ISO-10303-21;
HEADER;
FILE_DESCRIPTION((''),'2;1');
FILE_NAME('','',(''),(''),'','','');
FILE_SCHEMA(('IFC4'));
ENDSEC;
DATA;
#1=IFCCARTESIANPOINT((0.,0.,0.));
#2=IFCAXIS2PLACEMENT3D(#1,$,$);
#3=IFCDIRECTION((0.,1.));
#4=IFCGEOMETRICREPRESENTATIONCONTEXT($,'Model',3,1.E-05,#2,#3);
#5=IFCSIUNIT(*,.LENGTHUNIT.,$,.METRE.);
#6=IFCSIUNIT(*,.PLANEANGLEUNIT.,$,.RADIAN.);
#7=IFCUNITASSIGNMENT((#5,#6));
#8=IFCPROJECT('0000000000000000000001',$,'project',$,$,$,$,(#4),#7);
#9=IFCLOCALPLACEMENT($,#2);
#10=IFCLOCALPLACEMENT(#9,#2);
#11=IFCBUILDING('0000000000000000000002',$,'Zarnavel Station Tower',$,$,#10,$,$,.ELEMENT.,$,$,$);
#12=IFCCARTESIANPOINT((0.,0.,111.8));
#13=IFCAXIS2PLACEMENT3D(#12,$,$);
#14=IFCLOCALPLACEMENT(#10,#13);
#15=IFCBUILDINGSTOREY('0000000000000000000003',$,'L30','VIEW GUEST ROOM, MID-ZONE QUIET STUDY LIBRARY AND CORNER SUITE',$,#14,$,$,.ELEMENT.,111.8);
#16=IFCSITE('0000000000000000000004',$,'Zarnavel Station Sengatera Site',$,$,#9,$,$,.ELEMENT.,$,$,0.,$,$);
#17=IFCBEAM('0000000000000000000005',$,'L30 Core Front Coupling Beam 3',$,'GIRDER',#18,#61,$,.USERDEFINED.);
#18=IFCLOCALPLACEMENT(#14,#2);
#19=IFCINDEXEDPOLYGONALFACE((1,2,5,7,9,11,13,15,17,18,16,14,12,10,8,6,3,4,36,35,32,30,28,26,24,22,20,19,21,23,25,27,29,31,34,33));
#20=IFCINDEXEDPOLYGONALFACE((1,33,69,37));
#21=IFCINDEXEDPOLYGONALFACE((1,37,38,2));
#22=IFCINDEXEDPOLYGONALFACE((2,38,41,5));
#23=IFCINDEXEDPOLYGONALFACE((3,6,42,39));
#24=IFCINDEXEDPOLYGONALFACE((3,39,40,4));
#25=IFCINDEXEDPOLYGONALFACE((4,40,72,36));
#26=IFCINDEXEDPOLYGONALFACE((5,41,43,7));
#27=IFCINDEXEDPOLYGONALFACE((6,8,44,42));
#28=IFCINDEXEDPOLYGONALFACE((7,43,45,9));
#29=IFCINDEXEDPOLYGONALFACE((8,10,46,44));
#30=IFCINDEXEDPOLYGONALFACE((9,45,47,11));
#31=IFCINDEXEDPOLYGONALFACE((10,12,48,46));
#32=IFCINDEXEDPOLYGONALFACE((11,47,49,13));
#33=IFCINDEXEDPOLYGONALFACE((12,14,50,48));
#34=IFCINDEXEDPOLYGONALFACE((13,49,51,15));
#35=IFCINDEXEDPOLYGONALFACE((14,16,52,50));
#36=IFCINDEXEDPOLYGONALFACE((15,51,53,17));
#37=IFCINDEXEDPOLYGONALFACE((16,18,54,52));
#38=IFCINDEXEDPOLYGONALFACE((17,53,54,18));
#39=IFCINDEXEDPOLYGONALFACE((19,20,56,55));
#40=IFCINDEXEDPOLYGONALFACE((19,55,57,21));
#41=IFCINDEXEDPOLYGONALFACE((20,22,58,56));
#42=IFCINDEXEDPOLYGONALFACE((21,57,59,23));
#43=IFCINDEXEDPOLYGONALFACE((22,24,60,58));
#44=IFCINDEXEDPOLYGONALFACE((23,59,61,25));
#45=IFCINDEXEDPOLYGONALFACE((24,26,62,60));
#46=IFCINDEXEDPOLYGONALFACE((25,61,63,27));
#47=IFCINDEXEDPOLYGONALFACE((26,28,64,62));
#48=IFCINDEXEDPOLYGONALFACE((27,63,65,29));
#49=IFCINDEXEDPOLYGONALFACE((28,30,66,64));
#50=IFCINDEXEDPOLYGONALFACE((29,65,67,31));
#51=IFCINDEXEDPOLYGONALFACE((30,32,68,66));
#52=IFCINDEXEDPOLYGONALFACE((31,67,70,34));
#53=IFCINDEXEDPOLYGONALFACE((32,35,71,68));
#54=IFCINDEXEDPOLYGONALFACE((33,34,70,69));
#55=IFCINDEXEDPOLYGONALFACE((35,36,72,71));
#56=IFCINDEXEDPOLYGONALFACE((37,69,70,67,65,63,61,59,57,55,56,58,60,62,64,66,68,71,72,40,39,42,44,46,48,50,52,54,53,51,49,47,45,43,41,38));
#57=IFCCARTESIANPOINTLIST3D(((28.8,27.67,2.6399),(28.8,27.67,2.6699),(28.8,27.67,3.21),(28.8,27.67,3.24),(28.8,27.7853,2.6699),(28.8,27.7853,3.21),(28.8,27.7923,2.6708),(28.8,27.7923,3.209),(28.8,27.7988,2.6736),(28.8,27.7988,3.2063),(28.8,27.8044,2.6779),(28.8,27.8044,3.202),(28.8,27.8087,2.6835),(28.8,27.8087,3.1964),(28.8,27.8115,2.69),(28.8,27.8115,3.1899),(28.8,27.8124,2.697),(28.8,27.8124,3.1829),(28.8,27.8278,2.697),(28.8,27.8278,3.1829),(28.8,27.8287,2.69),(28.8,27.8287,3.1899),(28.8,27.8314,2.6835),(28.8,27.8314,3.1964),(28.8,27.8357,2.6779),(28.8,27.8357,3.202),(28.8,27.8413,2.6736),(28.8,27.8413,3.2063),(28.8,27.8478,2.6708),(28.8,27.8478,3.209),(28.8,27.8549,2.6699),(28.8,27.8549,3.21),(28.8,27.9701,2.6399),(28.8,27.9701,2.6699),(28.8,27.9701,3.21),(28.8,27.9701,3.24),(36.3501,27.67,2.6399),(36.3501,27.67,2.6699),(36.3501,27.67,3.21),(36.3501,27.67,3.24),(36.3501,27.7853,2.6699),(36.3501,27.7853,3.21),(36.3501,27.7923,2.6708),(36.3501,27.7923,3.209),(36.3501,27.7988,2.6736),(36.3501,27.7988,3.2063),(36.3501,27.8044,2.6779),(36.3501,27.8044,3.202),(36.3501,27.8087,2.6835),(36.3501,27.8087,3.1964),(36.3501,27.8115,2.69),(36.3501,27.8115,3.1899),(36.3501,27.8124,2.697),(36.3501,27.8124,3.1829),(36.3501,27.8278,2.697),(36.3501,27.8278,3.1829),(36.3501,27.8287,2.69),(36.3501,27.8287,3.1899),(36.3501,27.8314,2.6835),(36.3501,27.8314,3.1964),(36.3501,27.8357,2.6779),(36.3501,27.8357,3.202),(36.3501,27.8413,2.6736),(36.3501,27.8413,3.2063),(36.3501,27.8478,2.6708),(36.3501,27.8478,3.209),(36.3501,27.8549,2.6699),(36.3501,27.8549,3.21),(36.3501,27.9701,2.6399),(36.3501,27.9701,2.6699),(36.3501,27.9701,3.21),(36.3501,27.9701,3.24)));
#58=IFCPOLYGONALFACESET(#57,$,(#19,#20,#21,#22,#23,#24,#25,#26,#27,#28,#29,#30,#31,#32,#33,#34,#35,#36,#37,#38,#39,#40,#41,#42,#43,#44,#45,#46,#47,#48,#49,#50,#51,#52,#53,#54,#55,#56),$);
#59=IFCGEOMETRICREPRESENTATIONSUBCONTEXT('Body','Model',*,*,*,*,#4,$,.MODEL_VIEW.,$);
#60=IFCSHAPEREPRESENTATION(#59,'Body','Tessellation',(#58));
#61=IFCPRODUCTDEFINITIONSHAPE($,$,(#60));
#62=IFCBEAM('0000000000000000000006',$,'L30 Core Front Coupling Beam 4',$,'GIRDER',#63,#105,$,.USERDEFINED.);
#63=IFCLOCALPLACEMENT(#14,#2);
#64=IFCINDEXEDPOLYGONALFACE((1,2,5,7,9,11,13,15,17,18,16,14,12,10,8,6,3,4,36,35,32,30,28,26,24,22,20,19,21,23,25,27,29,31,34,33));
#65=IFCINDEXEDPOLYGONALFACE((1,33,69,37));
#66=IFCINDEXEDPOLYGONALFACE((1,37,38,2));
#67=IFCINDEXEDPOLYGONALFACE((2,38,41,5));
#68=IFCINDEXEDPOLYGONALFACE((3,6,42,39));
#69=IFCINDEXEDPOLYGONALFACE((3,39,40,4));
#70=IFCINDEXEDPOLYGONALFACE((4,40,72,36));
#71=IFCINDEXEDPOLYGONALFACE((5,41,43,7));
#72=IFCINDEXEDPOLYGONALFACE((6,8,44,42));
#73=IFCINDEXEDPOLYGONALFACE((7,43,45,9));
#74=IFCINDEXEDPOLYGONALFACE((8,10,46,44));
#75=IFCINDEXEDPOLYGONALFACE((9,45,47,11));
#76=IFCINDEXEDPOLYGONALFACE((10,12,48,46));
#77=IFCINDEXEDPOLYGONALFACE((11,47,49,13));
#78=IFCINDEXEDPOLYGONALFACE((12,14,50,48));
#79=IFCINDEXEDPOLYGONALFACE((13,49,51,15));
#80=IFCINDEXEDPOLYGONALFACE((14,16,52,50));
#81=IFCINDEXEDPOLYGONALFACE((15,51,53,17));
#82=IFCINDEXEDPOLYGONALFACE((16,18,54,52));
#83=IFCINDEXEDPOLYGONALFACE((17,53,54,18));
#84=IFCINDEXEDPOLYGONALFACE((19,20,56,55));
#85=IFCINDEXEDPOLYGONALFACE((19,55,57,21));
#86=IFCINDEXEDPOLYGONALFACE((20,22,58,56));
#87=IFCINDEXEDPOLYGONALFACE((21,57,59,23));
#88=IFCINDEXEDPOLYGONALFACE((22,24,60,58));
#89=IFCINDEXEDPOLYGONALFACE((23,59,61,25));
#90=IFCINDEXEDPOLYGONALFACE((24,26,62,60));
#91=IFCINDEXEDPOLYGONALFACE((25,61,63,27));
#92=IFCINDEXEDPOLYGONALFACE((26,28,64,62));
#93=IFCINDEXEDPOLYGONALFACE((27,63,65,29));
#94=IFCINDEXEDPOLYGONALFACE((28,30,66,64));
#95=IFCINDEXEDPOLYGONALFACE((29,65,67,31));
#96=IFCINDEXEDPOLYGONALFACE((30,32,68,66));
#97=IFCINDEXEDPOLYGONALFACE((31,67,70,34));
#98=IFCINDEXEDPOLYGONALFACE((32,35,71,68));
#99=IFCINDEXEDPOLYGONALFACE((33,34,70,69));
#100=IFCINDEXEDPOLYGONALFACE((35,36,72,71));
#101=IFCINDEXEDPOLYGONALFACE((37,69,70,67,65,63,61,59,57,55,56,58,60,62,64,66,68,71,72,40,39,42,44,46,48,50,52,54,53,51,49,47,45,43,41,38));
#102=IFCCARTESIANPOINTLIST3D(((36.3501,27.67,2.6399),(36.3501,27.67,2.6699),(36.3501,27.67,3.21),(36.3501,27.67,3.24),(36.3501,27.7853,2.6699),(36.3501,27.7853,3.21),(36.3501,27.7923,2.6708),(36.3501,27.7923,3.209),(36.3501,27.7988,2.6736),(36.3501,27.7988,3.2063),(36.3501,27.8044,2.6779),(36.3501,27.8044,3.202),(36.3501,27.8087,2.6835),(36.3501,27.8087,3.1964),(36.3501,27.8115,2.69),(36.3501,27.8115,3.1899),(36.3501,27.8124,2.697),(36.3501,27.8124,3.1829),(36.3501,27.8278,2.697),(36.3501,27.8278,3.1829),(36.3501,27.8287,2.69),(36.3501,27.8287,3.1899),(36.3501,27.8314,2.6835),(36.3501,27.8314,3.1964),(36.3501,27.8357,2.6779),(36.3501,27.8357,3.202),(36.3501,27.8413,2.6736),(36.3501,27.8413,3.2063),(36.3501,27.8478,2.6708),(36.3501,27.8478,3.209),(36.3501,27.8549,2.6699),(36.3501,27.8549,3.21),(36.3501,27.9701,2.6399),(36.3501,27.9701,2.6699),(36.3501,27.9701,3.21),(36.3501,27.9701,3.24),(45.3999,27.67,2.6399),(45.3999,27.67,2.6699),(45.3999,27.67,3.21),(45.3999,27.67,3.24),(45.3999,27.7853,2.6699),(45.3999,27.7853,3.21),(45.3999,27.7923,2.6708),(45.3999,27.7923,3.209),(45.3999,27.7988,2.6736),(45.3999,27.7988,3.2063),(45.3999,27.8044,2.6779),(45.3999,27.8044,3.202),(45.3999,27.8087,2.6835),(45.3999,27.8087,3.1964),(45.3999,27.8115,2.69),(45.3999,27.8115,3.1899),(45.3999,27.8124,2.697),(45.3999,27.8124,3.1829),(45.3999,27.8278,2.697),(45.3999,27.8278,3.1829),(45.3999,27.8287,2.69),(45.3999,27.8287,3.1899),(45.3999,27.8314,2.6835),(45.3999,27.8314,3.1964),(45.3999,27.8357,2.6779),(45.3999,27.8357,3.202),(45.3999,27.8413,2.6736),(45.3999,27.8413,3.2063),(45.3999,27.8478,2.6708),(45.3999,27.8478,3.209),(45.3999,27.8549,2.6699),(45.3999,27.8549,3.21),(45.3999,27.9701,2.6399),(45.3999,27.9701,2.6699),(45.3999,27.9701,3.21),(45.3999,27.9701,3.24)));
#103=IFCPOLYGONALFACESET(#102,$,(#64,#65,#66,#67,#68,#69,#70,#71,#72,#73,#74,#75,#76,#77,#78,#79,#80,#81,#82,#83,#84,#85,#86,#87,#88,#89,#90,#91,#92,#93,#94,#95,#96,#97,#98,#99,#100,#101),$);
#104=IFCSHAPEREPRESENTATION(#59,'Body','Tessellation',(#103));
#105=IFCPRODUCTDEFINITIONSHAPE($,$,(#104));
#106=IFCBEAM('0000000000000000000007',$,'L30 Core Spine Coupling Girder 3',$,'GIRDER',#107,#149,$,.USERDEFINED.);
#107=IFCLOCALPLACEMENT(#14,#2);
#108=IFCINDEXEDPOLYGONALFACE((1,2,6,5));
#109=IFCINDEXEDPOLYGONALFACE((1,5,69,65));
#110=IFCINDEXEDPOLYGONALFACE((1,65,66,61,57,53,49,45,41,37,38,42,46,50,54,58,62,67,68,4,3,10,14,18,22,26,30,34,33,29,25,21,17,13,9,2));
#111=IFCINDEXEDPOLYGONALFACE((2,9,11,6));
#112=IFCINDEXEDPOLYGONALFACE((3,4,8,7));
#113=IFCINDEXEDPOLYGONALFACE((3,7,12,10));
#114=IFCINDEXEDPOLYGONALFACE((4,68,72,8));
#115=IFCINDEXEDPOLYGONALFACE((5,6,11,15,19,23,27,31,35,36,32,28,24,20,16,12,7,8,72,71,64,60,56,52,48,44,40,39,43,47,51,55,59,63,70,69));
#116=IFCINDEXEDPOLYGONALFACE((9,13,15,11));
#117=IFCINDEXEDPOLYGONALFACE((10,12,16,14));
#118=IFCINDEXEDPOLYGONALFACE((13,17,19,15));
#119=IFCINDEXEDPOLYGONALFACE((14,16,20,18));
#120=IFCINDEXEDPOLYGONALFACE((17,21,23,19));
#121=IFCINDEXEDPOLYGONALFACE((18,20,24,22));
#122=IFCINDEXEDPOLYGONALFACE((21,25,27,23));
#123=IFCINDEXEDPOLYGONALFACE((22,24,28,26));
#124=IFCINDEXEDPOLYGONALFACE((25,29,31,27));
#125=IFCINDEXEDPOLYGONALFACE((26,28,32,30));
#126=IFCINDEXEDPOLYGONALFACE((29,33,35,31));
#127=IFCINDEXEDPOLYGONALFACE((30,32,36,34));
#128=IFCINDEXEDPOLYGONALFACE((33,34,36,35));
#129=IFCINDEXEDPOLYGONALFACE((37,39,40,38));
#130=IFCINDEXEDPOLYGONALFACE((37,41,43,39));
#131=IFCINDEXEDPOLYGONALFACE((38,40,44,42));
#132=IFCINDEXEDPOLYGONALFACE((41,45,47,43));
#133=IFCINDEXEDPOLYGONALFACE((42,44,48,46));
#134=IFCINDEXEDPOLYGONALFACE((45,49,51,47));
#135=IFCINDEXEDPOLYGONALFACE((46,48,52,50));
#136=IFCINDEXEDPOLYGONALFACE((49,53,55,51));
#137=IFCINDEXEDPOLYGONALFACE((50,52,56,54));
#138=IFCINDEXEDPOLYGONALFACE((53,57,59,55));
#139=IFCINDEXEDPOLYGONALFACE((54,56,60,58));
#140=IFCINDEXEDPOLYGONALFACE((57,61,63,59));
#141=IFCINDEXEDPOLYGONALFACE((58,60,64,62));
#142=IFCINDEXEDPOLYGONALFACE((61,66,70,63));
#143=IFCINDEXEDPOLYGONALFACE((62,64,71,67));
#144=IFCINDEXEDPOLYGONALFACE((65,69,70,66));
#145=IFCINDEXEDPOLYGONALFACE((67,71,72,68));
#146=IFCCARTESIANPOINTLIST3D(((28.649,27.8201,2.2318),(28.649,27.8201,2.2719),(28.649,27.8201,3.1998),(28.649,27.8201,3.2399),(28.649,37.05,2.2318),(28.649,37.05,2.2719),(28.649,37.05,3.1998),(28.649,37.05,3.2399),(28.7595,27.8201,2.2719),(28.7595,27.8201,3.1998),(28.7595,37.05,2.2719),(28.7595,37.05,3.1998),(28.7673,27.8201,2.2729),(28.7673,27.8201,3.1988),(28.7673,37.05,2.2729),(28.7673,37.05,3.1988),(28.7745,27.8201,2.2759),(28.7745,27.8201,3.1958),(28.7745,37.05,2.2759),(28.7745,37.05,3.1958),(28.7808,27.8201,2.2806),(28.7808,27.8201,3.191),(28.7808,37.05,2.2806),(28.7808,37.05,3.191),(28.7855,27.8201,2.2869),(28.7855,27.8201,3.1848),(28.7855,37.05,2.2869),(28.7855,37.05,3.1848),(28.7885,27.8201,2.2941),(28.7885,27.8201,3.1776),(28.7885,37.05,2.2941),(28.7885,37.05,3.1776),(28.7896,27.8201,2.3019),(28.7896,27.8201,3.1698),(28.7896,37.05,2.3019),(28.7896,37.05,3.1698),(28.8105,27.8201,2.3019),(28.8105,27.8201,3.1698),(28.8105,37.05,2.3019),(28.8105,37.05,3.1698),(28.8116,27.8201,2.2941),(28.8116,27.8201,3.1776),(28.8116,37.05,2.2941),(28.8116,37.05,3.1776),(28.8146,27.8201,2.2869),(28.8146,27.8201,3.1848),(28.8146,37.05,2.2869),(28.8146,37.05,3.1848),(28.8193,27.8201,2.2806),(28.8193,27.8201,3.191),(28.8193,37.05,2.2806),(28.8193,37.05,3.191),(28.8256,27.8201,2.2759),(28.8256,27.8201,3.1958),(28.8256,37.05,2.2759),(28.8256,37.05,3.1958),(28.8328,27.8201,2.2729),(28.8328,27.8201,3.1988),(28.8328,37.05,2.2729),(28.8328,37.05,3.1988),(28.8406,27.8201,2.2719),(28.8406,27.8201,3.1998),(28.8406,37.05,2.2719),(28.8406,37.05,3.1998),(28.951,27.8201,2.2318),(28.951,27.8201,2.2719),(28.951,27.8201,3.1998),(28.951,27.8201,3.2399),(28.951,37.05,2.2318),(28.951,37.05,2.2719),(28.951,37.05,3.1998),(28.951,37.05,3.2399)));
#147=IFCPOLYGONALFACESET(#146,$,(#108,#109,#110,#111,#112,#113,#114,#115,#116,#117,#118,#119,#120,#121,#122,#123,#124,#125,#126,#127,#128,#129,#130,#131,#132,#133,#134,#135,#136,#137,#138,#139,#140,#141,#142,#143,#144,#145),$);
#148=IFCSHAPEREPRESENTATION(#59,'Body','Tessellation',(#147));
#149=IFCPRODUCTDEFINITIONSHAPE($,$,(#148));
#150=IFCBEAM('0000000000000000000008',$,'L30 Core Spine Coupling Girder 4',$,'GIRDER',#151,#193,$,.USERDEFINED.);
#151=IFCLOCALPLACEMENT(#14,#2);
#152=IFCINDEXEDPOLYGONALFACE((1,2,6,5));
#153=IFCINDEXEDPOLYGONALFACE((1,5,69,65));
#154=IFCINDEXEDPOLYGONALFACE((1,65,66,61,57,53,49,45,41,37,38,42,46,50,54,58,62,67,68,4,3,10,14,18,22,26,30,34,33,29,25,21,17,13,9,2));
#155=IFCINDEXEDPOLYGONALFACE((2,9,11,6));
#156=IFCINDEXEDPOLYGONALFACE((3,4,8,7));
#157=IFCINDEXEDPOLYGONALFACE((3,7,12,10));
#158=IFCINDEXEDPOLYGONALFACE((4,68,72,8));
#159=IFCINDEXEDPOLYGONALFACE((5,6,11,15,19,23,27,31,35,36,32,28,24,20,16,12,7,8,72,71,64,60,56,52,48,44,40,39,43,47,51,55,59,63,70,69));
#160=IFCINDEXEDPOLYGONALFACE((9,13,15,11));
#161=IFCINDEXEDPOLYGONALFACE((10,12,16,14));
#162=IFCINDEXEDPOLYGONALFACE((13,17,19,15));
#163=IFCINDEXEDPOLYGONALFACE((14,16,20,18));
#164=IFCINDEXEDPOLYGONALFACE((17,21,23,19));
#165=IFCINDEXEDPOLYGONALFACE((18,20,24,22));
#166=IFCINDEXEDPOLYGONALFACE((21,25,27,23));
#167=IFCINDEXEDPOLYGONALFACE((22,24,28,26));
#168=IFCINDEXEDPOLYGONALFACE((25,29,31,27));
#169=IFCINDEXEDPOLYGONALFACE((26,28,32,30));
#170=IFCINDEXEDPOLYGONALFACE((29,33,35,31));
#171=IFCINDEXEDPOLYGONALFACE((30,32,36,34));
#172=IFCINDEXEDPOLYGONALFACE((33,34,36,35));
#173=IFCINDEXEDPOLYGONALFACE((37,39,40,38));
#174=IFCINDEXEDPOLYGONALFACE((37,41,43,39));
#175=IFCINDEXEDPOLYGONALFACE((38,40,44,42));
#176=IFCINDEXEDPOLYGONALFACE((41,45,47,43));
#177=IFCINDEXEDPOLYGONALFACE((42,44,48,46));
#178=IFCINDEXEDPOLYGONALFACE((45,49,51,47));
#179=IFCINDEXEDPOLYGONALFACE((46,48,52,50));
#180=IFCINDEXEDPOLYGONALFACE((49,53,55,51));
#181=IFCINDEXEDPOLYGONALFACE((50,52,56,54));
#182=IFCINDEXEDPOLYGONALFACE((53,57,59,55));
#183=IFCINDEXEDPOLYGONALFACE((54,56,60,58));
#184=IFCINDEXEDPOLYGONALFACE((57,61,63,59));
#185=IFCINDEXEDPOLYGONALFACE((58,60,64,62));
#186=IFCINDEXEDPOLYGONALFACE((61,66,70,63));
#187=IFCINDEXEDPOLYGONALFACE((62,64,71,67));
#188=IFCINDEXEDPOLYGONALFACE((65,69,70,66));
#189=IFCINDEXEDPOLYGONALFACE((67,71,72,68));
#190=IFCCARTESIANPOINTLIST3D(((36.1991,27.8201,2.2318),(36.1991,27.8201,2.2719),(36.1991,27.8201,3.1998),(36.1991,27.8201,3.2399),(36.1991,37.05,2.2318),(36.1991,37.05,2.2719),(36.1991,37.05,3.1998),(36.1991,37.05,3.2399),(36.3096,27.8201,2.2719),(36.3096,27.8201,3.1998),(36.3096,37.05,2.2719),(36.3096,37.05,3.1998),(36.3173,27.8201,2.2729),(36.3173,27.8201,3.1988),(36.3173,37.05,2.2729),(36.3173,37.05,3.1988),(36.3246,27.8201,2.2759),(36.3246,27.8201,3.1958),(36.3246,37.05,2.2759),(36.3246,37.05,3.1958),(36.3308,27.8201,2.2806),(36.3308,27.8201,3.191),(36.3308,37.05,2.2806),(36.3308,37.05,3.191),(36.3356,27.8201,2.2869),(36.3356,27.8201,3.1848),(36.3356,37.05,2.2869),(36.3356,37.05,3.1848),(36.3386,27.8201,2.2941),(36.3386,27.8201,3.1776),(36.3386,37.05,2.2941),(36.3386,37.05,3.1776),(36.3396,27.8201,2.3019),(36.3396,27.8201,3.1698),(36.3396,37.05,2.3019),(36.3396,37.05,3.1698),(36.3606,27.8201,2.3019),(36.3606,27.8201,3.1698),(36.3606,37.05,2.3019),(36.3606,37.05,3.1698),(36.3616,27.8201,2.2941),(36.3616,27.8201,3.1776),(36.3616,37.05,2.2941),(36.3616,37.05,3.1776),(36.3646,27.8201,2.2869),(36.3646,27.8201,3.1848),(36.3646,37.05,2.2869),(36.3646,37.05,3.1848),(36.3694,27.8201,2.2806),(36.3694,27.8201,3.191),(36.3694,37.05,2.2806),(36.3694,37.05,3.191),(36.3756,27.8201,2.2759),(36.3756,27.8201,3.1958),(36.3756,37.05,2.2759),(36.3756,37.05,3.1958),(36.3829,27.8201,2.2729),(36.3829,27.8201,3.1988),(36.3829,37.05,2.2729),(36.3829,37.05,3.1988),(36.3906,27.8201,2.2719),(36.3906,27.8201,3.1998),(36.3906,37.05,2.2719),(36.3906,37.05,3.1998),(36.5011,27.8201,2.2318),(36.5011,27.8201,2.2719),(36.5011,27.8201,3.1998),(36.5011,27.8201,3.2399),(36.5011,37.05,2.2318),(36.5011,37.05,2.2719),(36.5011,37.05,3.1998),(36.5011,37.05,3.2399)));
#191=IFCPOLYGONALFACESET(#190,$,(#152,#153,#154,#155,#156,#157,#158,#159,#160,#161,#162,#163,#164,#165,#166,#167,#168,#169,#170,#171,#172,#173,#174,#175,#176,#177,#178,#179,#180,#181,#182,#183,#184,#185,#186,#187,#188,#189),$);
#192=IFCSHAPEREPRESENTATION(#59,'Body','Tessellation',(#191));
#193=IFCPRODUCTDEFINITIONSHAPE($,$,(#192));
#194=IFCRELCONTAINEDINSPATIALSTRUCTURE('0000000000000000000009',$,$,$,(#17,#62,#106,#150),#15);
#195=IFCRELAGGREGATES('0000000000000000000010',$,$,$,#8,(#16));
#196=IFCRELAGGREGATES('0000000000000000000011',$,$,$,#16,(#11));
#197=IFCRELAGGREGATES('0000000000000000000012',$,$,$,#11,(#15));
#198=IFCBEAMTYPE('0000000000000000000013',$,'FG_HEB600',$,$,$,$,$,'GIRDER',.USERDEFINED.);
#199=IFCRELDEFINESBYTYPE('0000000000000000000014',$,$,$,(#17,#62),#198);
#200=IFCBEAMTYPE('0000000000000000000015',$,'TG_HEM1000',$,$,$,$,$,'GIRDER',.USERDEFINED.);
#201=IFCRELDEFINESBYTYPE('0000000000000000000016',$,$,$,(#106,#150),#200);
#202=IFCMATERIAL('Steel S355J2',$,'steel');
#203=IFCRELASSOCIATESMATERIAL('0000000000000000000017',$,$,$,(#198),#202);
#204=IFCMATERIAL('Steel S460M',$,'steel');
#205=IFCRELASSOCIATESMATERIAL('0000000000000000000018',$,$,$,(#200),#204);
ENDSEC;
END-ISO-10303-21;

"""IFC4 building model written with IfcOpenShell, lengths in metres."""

from ifc_helpers import new_model, si_unit, direction, frame, origin, origin_2d, place, context, subcontext, project, spatial, i_section, extrude, material, material_profile, profile_set, type_object, element, save


model = new_model("IFC4")

# Units and contexts
model_context = context("Model", 3, precision=1e-05, world=origin(), true_north=direction((0.0, 1.0)))
body_context = subcontext(model_context, "Body", "Model", "MODEL_VIEW")
ifc_project = project(units=[si_unit("LENGTHUNIT", "METRE"), si_unit("PLANEANGLEUNIT", "RADIAN")], contexts=[model_context])

# Site, building, storey
site_placement = place(None, origin())
site = spatial("IfcSite", under=ifc_project, at=site_placement, Name="Zarnavel Station Sengatera Site", CompositionType="ELEMENT", RefElevation=0.0)
building_placement = place(site_placement, origin())
building = spatial("IfcBuilding", under=site, at=building_placement, Name="Zarnavel Station Tower", CompositionType="ELEMENT")
storey_placement = place(building_placement, frame((0.0, 0.0, 111.8)))
storey = spatial("IfcBuildingStorey", under=building, at=storey_placement, Name="L30", Description="VIEW GUEST ROOM, MID-ZONE QUIET STUDY LIBRARY AND CORNER SUITE", CompositionType="ELEMENT", Elevation=111.8)

# Beams
ifc_material_1 = material(Name="Steel S355J2", Category="steel")
ifc_material_profile_1 = material_profile(ifc_material_1, i_section(OverallWidth=0.3, OverallDepth=0.6001, WebThickness=0.0154, FlangeThickness=0.03, FilletRadius=0.0271, at=origin_2d()), Name="HEB600")
ifc_profile_set_1 = profile_set([ifc_material_profile_1], Name="Steel S355J2")
beam_type_1 = type_object("IfcBeamType", Name="FG_HEB600", ElementType="GIRDER", PredefinedType="USERDEFINED", material=ifc_profile_set_1)
beam_1_placement = place(storey_placement, frame((28.8, 27.8201, 2.9399), z_axis=(1.0, 0.0, 0.0), x_axis=(0.0, 1.0, 0.0)))
element("IfcBeam", 1, at=beam_1_placement, inside=storey, type_object=beam_type_1, Name="L30 Core Front Coupling Beam 3", ObjectType="GIRDER", PredefinedType="USERDEFINED", context=body_context, shape_type="SweptSolid", body=[
    extrude(i_section(OverallWidth=0.3, OverallDepth=0.6001, WebThickness=0.0154, FlangeThickness=0.03, FilletRadius=0.0271, at=origin_2d()), origin(), (0.0, 0.0, 1.0), 7.55),
])
beam_2_placement = place(storey_placement, frame((36.3501, 27.8201, 2.9399), z_axis=(1.0, 0.0, 0.0), x_axis=(0.0, 1.0, 0.0)))
element("IfcBeam", 2, at=beam_2_placement, inside=storey, type_object=beam_type_1, Name="L30 Core Front Coupling Beam 4", ObjectType="GIRDER", PredefinedType="USERDEFINED", context=body_context, shape_type="SweptSolid", body=[
    extrude(i_section(OverallWidth=0.3, OverallDepth=0.6001, WebThickness=0.0154, FlangeThickness=0.03, FilletRadius=0.0271, at=origin_2d()), origin(), (0.0, 0.0, 1.0), 9.0498),
])
ifc_material_2 = material(Name="Steel S460M", Category="steel")
ifc_material_profile_2 = material_profile(ifc_material_2, i_section(OverallWidth=0.302, OverallDepth=1.0081, WebThickness=0.021, FlangeThickness=0.04, FilletRadius=0.03, at=origin_2d()), Name="HEM1000")
ifc_profile_set_2 = profile_set([ifc_material_profile_2], Name="Steel S460M")
beam_type_2 = type_object("IfcBeamType", Name="TG_HEM1000", ElementType="GIRDER", PredefinedType="USERDEFINED", material=ifc_profile_set_2)
for number, where, z_axis, x_axis, name in (
    (3, (28.8, 27.8201, 2.7358), (0.0, 1.0, 0.0), (-1.0, 0.0, 0.0), "L30 Core Spine Coupling Girder 3"),
    (4, (36.3501, 27.8201, 2.7358), (0.0, 1.0, 0.0), (-1.0, 0.0, 0.0), "L30 Core Spine Coupling Girder 4"),
):
    element("IfcBeam", number, at=place(storey_placement, frame(where, z_axis=z_axis, x_axis=x_axis)), inside=storey, type_object=beam_type_2, Name=name, ObjectType="GIRDER", PredefinedType="USERDEFINED", context=body_context, shape_type="SweptSolid", body=[
        extrude(i_section(OverallWidth=0.302, OverallDepth=1.0081, WebThickness=0.021, FlangeThickness=0.04, FilletRadius=0.03, at=origin_2d()), origin(), (0.0, 0.0, 1.0), 9.23),
    ])

save(model, "model.ifc")
